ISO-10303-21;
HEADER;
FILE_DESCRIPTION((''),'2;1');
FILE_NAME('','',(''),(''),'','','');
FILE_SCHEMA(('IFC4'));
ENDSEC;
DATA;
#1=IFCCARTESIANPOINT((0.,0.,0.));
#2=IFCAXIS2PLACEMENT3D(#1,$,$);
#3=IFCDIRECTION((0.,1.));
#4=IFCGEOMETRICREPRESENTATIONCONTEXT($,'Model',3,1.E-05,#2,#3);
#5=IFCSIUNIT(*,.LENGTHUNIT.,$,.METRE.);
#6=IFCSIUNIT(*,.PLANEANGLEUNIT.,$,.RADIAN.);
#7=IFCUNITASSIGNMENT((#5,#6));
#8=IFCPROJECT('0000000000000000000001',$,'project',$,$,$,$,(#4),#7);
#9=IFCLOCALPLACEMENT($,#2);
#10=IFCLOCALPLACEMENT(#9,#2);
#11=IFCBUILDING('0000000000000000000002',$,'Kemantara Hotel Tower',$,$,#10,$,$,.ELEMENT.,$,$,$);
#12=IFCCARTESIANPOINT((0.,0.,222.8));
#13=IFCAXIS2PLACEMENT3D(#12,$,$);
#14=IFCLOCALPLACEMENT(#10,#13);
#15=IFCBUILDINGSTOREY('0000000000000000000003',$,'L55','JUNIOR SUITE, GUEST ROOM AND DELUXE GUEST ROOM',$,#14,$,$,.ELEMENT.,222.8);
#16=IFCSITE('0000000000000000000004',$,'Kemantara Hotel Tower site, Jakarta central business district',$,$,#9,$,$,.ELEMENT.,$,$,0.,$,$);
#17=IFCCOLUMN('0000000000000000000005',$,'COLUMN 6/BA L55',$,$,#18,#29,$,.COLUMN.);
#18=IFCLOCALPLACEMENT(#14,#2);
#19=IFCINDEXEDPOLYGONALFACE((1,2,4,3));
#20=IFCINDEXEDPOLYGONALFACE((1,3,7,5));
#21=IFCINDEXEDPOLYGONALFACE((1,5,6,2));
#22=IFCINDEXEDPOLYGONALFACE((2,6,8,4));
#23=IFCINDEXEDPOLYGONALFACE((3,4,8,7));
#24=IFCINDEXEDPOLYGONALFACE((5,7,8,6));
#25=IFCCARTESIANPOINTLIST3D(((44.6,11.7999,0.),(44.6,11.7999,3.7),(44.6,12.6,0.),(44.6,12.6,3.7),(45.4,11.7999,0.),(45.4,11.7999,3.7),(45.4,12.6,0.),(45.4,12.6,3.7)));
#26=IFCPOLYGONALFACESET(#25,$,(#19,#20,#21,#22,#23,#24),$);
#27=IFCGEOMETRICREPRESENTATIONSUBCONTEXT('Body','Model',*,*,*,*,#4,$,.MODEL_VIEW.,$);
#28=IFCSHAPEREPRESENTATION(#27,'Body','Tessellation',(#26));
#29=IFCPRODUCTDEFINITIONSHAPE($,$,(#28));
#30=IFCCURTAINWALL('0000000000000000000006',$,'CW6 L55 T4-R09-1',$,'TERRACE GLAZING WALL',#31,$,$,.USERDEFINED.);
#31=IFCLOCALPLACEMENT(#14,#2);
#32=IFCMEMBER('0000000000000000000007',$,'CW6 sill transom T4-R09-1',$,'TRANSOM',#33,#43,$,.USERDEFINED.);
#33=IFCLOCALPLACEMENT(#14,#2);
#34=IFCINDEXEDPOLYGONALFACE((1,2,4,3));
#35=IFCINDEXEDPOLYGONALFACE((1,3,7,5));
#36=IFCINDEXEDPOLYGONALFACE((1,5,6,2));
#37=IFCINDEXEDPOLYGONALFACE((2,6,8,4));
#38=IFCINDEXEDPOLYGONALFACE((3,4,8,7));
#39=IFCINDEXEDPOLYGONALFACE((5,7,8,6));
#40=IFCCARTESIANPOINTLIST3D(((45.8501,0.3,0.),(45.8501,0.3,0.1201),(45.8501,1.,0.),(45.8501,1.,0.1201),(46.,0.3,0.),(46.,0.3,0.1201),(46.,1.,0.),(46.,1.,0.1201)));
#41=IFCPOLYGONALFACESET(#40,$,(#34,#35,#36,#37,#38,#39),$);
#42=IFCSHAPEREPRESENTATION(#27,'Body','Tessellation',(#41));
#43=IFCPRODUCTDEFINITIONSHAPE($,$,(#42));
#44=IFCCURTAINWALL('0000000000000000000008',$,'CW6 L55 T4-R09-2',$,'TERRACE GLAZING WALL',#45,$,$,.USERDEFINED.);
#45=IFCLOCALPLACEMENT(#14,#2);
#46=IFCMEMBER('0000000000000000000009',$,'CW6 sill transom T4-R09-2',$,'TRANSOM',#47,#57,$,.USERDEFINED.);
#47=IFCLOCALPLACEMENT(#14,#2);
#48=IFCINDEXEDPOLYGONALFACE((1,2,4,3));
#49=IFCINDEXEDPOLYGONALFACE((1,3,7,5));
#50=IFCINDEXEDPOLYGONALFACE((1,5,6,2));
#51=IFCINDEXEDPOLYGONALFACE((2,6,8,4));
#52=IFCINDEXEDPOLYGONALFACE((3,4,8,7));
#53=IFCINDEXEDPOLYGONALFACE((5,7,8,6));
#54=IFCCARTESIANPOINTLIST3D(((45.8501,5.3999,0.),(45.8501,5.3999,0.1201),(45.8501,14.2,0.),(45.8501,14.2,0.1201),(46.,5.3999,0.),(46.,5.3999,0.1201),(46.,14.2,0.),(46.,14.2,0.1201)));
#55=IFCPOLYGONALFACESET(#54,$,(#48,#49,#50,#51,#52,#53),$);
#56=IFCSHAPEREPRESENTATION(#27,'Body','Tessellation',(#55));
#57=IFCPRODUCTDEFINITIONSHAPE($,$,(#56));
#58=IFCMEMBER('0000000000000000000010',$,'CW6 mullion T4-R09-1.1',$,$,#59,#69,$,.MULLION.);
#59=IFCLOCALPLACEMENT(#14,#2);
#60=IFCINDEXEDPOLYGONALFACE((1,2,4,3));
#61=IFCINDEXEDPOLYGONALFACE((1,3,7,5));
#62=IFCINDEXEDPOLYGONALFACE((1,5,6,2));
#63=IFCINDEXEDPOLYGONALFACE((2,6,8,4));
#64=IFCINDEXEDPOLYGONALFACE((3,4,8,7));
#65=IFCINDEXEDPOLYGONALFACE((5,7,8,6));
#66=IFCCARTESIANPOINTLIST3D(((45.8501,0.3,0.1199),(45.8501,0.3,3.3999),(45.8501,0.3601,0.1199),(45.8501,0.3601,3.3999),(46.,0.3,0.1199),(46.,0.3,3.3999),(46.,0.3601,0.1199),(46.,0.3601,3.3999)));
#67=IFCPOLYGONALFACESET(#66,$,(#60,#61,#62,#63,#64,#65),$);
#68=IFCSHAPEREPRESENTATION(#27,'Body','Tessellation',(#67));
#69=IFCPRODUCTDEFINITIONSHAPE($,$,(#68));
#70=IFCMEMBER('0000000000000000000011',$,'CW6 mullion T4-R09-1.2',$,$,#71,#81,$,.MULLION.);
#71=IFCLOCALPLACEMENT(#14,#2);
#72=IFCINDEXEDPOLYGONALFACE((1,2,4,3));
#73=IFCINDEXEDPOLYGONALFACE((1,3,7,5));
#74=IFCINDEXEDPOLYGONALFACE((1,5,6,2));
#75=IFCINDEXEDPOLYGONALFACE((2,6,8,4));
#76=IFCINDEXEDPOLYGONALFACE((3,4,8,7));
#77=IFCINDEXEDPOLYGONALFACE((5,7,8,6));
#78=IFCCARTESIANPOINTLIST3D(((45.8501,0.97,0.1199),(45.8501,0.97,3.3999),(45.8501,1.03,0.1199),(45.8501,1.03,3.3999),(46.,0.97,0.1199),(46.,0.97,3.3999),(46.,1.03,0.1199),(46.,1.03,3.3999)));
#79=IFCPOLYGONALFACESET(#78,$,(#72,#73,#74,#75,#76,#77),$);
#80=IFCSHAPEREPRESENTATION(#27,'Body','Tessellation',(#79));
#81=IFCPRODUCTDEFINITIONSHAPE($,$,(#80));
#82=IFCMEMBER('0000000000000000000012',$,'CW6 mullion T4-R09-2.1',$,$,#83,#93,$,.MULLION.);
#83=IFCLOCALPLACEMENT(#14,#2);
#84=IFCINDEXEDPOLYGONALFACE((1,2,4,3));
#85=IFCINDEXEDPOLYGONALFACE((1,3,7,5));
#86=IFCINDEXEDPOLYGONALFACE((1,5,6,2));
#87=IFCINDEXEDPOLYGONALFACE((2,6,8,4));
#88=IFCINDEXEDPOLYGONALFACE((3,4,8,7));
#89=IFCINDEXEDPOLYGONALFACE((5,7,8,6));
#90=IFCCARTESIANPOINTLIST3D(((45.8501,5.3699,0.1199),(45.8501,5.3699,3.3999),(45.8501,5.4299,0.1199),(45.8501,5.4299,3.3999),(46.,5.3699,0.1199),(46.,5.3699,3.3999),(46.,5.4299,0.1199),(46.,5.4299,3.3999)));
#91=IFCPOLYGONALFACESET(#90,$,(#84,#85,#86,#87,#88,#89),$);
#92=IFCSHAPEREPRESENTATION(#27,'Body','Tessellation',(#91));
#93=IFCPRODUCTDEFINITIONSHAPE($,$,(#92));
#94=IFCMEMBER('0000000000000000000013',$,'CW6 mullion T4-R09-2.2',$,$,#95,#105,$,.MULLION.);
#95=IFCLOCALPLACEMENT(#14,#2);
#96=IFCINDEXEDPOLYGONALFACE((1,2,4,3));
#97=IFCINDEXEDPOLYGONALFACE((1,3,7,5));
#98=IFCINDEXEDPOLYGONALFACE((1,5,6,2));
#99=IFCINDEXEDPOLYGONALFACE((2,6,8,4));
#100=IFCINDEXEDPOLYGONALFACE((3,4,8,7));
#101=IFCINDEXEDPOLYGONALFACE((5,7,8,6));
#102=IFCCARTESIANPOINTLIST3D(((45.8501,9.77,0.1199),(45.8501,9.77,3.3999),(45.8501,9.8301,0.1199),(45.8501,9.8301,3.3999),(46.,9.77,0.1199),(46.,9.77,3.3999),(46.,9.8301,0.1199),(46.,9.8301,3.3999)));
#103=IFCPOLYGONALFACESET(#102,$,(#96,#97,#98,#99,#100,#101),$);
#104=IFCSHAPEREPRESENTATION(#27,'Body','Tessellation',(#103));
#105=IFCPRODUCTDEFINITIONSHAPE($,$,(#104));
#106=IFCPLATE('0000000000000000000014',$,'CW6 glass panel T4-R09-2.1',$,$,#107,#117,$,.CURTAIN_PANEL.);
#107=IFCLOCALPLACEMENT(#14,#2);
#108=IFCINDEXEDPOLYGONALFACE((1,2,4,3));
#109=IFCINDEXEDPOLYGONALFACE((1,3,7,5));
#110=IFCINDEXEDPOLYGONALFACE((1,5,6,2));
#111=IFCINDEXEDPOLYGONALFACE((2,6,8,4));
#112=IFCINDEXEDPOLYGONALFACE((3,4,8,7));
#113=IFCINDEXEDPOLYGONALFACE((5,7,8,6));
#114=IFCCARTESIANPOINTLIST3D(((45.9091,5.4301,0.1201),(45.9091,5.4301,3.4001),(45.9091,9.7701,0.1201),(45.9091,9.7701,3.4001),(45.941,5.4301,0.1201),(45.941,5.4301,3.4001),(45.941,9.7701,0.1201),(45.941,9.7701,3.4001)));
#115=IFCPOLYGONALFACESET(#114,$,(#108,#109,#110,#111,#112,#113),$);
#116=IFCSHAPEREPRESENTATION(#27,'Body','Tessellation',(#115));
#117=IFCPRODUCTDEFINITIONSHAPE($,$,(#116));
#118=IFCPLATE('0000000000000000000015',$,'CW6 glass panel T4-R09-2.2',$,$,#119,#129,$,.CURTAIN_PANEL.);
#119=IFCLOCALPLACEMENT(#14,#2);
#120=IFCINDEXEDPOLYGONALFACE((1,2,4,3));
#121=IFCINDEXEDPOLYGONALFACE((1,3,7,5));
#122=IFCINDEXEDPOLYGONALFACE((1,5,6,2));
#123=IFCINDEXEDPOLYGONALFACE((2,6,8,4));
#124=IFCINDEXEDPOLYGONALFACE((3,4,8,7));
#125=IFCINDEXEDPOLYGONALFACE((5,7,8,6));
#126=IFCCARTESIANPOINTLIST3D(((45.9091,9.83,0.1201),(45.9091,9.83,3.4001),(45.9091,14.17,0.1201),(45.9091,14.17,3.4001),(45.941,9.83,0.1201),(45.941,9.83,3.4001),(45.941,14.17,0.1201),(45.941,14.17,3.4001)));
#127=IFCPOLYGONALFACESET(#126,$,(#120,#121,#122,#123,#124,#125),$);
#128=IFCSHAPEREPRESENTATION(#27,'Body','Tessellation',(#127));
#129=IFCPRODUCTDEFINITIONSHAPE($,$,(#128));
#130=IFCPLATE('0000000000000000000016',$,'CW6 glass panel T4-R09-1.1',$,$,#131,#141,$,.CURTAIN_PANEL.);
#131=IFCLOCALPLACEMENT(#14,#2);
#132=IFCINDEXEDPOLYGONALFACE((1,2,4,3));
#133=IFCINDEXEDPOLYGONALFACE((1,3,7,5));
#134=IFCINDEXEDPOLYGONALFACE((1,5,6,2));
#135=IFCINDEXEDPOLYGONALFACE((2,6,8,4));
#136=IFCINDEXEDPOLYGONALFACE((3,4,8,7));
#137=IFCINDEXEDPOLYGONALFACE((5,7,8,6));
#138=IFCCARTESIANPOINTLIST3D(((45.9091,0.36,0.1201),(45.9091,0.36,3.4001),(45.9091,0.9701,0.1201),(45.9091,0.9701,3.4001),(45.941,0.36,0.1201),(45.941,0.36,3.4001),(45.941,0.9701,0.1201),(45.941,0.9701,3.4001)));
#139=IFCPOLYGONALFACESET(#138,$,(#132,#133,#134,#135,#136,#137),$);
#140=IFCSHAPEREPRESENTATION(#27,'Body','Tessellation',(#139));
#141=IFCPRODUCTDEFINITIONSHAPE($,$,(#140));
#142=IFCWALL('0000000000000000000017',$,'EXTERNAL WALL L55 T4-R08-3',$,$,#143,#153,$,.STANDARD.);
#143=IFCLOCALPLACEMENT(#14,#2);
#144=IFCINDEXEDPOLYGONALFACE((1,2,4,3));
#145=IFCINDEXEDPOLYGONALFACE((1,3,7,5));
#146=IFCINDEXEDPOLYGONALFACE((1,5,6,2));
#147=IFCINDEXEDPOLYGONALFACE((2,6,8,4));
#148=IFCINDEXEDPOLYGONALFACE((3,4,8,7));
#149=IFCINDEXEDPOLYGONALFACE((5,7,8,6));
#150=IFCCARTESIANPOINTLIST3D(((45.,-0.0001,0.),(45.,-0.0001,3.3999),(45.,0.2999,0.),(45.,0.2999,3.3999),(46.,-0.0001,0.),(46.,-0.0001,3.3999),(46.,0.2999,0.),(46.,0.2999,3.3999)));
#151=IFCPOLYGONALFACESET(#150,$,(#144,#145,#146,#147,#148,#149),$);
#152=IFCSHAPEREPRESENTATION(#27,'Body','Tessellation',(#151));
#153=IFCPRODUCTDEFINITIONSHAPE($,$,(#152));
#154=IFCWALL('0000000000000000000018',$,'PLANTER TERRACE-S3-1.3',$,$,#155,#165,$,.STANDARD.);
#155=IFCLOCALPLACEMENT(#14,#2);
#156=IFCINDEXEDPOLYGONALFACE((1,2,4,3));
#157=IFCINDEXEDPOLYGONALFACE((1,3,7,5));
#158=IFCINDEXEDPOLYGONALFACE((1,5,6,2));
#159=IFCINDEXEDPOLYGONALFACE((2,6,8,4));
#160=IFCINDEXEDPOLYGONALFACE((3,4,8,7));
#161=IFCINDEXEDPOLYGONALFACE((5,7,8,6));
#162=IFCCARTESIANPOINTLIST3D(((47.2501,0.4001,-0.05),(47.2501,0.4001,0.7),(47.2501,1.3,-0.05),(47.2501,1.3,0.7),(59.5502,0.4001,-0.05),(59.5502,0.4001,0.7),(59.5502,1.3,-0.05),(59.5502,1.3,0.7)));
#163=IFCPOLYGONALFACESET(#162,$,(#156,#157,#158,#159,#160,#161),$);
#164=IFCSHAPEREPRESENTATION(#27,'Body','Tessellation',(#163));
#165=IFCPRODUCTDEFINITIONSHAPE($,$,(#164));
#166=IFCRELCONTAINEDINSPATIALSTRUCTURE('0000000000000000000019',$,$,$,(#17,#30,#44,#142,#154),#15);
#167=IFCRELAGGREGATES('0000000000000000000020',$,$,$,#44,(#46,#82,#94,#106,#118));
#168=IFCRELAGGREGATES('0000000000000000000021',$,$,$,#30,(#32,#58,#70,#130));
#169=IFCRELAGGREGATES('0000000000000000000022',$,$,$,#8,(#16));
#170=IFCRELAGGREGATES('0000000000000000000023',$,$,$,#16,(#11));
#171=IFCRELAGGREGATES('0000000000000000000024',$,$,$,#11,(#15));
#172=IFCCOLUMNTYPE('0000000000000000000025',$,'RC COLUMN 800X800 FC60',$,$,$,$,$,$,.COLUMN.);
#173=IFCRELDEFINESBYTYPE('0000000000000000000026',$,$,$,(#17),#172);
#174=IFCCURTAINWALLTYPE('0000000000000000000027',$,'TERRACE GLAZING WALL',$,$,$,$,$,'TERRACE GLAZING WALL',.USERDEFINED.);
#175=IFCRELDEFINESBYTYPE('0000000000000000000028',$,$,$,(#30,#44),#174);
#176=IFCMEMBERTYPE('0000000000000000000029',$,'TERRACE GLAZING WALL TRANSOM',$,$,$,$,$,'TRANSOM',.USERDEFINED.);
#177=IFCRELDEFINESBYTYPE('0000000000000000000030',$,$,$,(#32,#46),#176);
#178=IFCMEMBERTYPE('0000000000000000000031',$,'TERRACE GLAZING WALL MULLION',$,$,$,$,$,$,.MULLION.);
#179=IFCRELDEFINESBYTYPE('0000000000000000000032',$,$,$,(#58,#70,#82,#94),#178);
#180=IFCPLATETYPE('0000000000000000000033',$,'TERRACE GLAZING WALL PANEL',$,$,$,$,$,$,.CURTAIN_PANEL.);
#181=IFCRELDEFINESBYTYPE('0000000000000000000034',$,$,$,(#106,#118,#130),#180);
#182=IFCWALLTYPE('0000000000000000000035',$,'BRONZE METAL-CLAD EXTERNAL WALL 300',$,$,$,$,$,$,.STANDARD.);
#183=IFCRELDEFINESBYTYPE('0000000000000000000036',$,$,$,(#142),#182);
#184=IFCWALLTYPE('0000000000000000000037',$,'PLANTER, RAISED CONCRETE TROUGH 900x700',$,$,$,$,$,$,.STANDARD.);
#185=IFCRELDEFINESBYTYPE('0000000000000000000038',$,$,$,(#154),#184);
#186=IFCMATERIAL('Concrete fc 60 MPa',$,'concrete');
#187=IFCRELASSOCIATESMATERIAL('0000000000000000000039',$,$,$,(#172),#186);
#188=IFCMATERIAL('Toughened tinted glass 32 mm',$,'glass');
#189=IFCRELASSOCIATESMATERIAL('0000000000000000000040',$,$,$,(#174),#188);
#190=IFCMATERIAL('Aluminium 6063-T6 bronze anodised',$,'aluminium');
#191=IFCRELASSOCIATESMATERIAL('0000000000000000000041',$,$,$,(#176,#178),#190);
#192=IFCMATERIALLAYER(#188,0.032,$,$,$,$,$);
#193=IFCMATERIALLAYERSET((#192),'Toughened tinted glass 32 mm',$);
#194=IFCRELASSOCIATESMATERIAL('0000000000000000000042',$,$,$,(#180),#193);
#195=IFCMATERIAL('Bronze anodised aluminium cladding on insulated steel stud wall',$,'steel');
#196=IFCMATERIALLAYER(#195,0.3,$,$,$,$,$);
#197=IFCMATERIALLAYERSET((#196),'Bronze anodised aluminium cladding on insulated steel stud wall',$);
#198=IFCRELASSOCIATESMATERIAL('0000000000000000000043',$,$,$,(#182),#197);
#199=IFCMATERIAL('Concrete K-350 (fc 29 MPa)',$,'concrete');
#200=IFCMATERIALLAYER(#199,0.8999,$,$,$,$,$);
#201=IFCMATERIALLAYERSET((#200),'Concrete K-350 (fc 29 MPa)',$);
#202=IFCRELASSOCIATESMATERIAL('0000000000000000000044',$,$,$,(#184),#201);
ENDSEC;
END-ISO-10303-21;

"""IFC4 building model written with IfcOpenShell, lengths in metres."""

from ifc_helpers import new_model, si_unit, direction, frame, frame_2d, origin, origin_2d, place, context, subcontext, project, spatial, rectangle, extrude, source, transform, mapped, material, layer, layer_set, material_profile, profile_set, type_object, element, aggregate, save


model = new_model("IFC4")

# Units and contexts
model_context = context("Model", 3, precision=1e-05, world=origin(), true_north=direction((0.0, 1.0)))
body_context = subcontext(model_context, "Body", "Model", "MODEL_VIEW")
ifc_project = project(units=[si_unit("LENGTHUNIT", "METRE"), si_unit("PLANEANGLEUNIT", "RADIAN")], contexts=[model_context])

# Site, building, storey
site_placement = place(None, origin())
site = spatial("IfcSite", under=ifc_project, at=site_placement, Name="Kemantara Hotel Tower site, Jakarta central business district", CompositionType="ELEMENT", RefElevation=0.0)
building_placement = place(site_placement, origin())
building = spatial("IfcBuilding", under=site, at=building_placement, Name="Kemantara Hotel Tower", CompositionType="ELEMENT")
storey_placement = place(building_placement, frame((0.0, 0.0, 222.8)))
storey = spatial("IfcBuildingStorey", under=building, at=storey_placement, Name="L55", Description="JUNIOR SUITE, GUEST ROOM AND DELUXE GUEST ROOM", CompositionType="ELEMENT", Elevation=222.8)

# Column
ifc_material_1 = material(Name="Concrete fc 60 MPa", Category="concrete")
ifc_material_profile_1 = material_profile(ifc_material_1, rectangle(XDim=0.8, YDim=0.8, at=origin_2d()), Name="RC 800X800")
ifc_profile_set_1 = profile_set([ifc_material_profile_1], Name="Concrete fc 60 MPa")
column_type = type_object("IfcColumnType", Name="RC COLUMN 800X800 FC60", PredefinedType="COLUMN", material=ifc_profile_set_1)
column_placement = place(storey_placement, frame((45.0, 12.2, 0.0), z_axis=(0.0, 0.0, 1.0), x_axis=(1.0, 0.0, 0.0)))
element("IfcColumn", 1, at=column_placement, inside=storey, type_object=column_type, Name="COLUMN 6/BA L55", PredefinedType="COLUMN", context=body_context, shape_type="SweptSolid", body=[
    extrude(rectangle(XDim=0.8, YDim=0.8, at=origin_2d()), origin(), (0.0, 0.0, 1.0), 3.7),
])

# Curtain walls, members
ifc_material_2 = material(Name="Toughened tinted glass 32 mm", Category="glass")
curtain_wall_type = type_object("IfcCurtainWallType", Name="TERRACE GLAZING WALL", ElementType="TERRACE GLAZING WALL", PredefinedType="USERDEFINED", material=ifc_material_2)
curtain_wall_1_placement = place(storey_placement, origin())
curtain_wall_1 = element("IfcCurtainWall", 2, at=curtain_wall_1_placement, inside=storey, type_object=curtain_wall_type, Name="CW6 L55 T4-R09-1", ObjectType="TERRACE GLAZING WALL", PredefinedType="USERDEFINED")
ifc_material_3 = material(Name="Aluminium 6063-T6 bronze anodised", Category="aluminium")
ifc_material_profile_2 = material_profile(ifc_material_3, rectangle(XDim=0.1499, YDim=0.1201, at=origin_2d()), Name="TERRACE GLAZING WALL TRANSOM")
ifc_profile_set_2 = profile_set([ifc_material_profile_2], Name="Aluminium 6063-T6 bronze anodised")
member_type_1 = type_object("IfcMemberType", Name="TERRACE GLAZING WALL TRANSOM", ElementType="TRANSOM", PredefinedType="USERDEFINED", material=ifc_profile_set_2)
member_1_placement = place(storey_placement, frame((45.925, 0.3, 0.0601), z_axis=(0.0, 1.0, 0.0), x_axis=(-1.0, 0.0, 0.0)))
member_1 = element("IfcMember", 3, at=member_1_placement, type_object=member_type_1, Name="CW6 sill transom T4-R09-1", ObjectType="TRANSOM", PredefinedType="USERDEFINED", context=body_context, shape_type="SweptSolid", body=[
    extrude(rectangle(XDim=0.1499, YDim=0.1201, at=origin_2d()), origin(), (0.0, 0.0, 1.0), 0.7),
])
curtain_wall_2_placement = place(storey_placement, origin())
curtain_wall_2 = element("IfcCurtainWall", 4, at=curtain_wall_2_placement, inside=storey, type_object=curtain_wall_type, Name="CW6 L55 T4-R09-2", ObjectType="TERRACE GLAZING WALL", PredefinedType="USERDEFINED")
member_2_placement = place(storey_placement, frame((45.925, 5.3999, 0.0601), z_axis=(0.0, 1.0, 0.0), x_axis=(-1.0, 0.0, 0.0)))
member_2 = element("IfcMember", 5, at=member_2_placement, type_object=member_type_1, Name="CW6 sill transom T4-R09-2", ObjectType="TRANSOM", PredefinedType="USERDEFINED", context=body_context, shape_type="SweptSolid", body=[
    extrude(rectangle(XDim=0.1499, YDim=0.1201, at=origin_2d()), origin(), (0.0, 0.0, 1.0), 8.8),
])

# Members
ifc_material_profile_3 = material_profile(ifc_material_3, rectangle(XDim=0.1499, YDim=0.0601, at=origin_2d()), Name="TERRACE GLAZING WALL MULLION")
ifc_profile_set_3 = profile_set([ifc_material_profile_3], Name="Aluminium 6063-T6 bronze anodised")
member_type_2 = type_object("IfcMemberType", Name="TERRACE GLAZING WALL MULLION", PredefinedType="MULLION", material=ifc_profile_set_3)
shared_shape_1 = source(origin(), body_context, "Body", "SweptSolid", [
    extrude(rectangle(XDim=0.1499, YDim=0.0601, at=origin_2d()), origin(), (0.0, 0.0, 1.0), 3.28),
])
member_3_placement = place(storey_placement, frame((45.925, 0.3301, 0.1199), z_axis=(0.0, 0.0, 1.0), x_axis=(-1.0, 0.0, 0.0)))
member_3 = element("IfcMember", 6, at=member_3_placement, type_object=member_type_2, Name="CW6 mullion T4-R09-1.1", PredefinedType="MULLION", context=body_context, shape_type="MappedRepresentation", body=[
    mapped(shared_shape_1, transform((0.0, 0.0, 0.0))),
])
member_4_placement = place(storey_placement, frame((45.925, 1.0, 0.1199), z_axis=(0.0, 0.0, 1.0), x_axis=(-1.0, 0.0, 0.0)))
member_4 = element("IfcMember", 7, at=member_4_placement, type_object=member_type_2, Name="CW6 mullion T4-R09-1.2", PredefinedType="MULLION", context=body_context, shape_type="MappedRepresentation", body=[
    mapped(shared_shape_1, transform((0.0, 0.0, 0.0))),
])
member_5_placement = place(storey_placement, frame((45.925, 5.3999, 0.1199), z_axis=(0.0, 0.0, 1.0), x_axis=(-1.0, 0.0, 0.0)))
member_5 = element("IfcMember", 8, at=member_5_placement, type_object=member_type_2, Name="CW6 mullion T4-R09-2.1", PredefinedType="MULLION", context=body_context, shape_type="MappedRepresentation", body=[
    mapped(shared_shape_1, transform((0.0, 0.0, 0.0))),
])
member_6_placement = place(storey_placement, frame((45.925, 9.8, 0.1199), z_axis=(0.0, 0.0, 1.0), x_axis=(-1.0, 0.0, 0.0)))
member_6 = element("IfcMember", 9, at=member_6_placement, type_object=member_type_2, Name="CW6 mullion T4-R09-2.2", PredefinedType="MULLION", context=body_context, shape_type="MappedRepresentation", body=[
    mapped(shared_shape_1, transform((0.0, 0.0, 0.0))),
])

# Plates
ifc_layer_1 = layer(ifc_material_2, 0.032)
ifc_layer_set_1 = layer_set([ifc_layer_1], Name="Toughened tinted glass 32 mm")
plate_type = type_object("IfcPlateType", Name="TERRACE GLAZING WALL PANEL", PredefinedType="CURTAIN_PANEL", material=ifc_layer_set_1)
shared_shape_2 = source(origin(), body_context, "Body", "SweptSolid", [
    extrude(rectangle(XDim=4.3401, YDim=0.032, at=origin_2d()), origin(), (0.0, 0.0, 1.0), 3.28),
])
plate_1_placement = place(storey_placement, frame((45.925, 7.6001, 0.1201), z_axis=(0.0, 0.0, 1.0), x_axis=(0.0, 1.0, 0.0)))
plate_1 = element("IfcPlate", 10, at=plate_1_placement, type_object=plate_type, Name="CW6 glass panel T4-R09-2.1", PredefinedType="CURTAIN_PANEL", context=body_context, shape_type="MappedRepresentation", body=[
    mapped(shared_shape_2, transform((0.0, 0.0, 0.0))),
])
plate_2_placement = place(storey_placement, frame((45.925, 12.0, 0.1201), z_axis=(0.0, 0.0, 1.0), x_axis=(0.0, 1.0, 0.0)))
plate_2 = element("IfcPlate", 11, at=plate_2_placement, type_object=plate_type, Name="CW6 glass panel T4-R09-2.2", PredefinedType="CURTAIN_PANEL", context=body_context, shape_type="MappedRepresentation", body=[
    mapped(shared_shape_2, transform((0.0, 0.0, 0.0))),
])
aggregate(curtain_wall_2, [member_2, member_5, member_6, plate_1, plate_2])
shared_shape_3 = source(origin(), body_context, "Body", "SweptSolid", [
    extrude(rectangle(XDim=0.6101, YDim=0.032, at=origin_2d()), origin(), (0.0, 0.0, 1.0), 3.28),
])
plate_3_placement = place(storey_placement, frame((45.925, 0.665, 0.1201), z_axis=(0.0, 0.0, 1.0), x_axis=(0.0, 1.0, 0.0)))
plate_3 = element("IfcPlate", 12, at=plate_3_placement, type_object=plate_type, Name="CW6 glass panel T4-R09-1.1", PredefinedType="CURTAIN_PANEL", context=body_context, shape_type="MappedRepresentation", body=[
    mapped(shared_shape_3, transform((0.0, 0.0, 0.0))),
])
aggregate(curtain_wall_1, [member_1, member_3, member_4, plate_3])

# Walls
ifc_material_4 = material(Name="Bronze anodised aluminium cladding on insulated steel stud wall", Category="steel")
ifc_layer_2 = layer(ifc_material_4, 0.3)
ifc_layer_set_2 = layer_set([ifc_layer_2], Name="Bronze anodised aluminium cladding on insulated steel stud wall")
wall_type_1 = type_object("IfcWallType", Name="BRONZE METAL-CLAD EXTERNAL WALL 300", PredefinedType="STANDARD", material=ifc_layer_set_2)
wall_1_placement = place(storey_placement, frame((45.0, 0.1499, 0.0), z_axis=(0.0, 0.0, 1.0), x_axis=(1.0, 0.0, 0.0)))
element("IfcWall", 13, at=wall_1_placement, inside=storey, type_object=wall_type_1, Name="EXTERNAL WALL L55 T4-R08-3", PredefinedType="STANDARD", context=body_context, shape_type="SweptSolid", body=[
    extrude(rectangle(XDim=1.0, YDim=0.3, at=frame_2d((0.5, 0.0))), origin(), (0.0, 0.0, 1.0), 3.3999),
])
ifc_material_5 = material(Name="Concrete K-350 (fc 29 MPa)", Category="concrete")
ifc_layer_3 = layer(ifc_material_5, 0.8999)
ifc_layer_set_3 = layer_set([ifc_layer_3], Name="Concrete K-350 (fc 29 MPa)")
wall_type_2 = type_object("IfcWallType", Name="PLANTER, RAISED CONCRETE TROUGH 900x700", PredefinedType="STANDARD", material=ifc_layer_set_3)
wall_2_placement = place(storey_placement, frame((59.55, 0.8501, -0.05), z_axis=(0.0, 0.0, 1.0), x_axis=(-1.0, 0.0, 0.0)))
element("IfcWall", 14, at=wall_2_placement, inside=storey, type_object=wall_type_2, Name="PLANTER TERRACE-S3-1.3", PredefinedType="STANDARD", context=body_context, shape_type="SweptSolid", body=[
    extrude(rectangle(XDim=12.3, YDim=0.8999, at=frame_2d((6.1499, 0.0))), origin(), (0.0, 0.0, 1.0), 0.75),
])

save(model, "model.ifc")
